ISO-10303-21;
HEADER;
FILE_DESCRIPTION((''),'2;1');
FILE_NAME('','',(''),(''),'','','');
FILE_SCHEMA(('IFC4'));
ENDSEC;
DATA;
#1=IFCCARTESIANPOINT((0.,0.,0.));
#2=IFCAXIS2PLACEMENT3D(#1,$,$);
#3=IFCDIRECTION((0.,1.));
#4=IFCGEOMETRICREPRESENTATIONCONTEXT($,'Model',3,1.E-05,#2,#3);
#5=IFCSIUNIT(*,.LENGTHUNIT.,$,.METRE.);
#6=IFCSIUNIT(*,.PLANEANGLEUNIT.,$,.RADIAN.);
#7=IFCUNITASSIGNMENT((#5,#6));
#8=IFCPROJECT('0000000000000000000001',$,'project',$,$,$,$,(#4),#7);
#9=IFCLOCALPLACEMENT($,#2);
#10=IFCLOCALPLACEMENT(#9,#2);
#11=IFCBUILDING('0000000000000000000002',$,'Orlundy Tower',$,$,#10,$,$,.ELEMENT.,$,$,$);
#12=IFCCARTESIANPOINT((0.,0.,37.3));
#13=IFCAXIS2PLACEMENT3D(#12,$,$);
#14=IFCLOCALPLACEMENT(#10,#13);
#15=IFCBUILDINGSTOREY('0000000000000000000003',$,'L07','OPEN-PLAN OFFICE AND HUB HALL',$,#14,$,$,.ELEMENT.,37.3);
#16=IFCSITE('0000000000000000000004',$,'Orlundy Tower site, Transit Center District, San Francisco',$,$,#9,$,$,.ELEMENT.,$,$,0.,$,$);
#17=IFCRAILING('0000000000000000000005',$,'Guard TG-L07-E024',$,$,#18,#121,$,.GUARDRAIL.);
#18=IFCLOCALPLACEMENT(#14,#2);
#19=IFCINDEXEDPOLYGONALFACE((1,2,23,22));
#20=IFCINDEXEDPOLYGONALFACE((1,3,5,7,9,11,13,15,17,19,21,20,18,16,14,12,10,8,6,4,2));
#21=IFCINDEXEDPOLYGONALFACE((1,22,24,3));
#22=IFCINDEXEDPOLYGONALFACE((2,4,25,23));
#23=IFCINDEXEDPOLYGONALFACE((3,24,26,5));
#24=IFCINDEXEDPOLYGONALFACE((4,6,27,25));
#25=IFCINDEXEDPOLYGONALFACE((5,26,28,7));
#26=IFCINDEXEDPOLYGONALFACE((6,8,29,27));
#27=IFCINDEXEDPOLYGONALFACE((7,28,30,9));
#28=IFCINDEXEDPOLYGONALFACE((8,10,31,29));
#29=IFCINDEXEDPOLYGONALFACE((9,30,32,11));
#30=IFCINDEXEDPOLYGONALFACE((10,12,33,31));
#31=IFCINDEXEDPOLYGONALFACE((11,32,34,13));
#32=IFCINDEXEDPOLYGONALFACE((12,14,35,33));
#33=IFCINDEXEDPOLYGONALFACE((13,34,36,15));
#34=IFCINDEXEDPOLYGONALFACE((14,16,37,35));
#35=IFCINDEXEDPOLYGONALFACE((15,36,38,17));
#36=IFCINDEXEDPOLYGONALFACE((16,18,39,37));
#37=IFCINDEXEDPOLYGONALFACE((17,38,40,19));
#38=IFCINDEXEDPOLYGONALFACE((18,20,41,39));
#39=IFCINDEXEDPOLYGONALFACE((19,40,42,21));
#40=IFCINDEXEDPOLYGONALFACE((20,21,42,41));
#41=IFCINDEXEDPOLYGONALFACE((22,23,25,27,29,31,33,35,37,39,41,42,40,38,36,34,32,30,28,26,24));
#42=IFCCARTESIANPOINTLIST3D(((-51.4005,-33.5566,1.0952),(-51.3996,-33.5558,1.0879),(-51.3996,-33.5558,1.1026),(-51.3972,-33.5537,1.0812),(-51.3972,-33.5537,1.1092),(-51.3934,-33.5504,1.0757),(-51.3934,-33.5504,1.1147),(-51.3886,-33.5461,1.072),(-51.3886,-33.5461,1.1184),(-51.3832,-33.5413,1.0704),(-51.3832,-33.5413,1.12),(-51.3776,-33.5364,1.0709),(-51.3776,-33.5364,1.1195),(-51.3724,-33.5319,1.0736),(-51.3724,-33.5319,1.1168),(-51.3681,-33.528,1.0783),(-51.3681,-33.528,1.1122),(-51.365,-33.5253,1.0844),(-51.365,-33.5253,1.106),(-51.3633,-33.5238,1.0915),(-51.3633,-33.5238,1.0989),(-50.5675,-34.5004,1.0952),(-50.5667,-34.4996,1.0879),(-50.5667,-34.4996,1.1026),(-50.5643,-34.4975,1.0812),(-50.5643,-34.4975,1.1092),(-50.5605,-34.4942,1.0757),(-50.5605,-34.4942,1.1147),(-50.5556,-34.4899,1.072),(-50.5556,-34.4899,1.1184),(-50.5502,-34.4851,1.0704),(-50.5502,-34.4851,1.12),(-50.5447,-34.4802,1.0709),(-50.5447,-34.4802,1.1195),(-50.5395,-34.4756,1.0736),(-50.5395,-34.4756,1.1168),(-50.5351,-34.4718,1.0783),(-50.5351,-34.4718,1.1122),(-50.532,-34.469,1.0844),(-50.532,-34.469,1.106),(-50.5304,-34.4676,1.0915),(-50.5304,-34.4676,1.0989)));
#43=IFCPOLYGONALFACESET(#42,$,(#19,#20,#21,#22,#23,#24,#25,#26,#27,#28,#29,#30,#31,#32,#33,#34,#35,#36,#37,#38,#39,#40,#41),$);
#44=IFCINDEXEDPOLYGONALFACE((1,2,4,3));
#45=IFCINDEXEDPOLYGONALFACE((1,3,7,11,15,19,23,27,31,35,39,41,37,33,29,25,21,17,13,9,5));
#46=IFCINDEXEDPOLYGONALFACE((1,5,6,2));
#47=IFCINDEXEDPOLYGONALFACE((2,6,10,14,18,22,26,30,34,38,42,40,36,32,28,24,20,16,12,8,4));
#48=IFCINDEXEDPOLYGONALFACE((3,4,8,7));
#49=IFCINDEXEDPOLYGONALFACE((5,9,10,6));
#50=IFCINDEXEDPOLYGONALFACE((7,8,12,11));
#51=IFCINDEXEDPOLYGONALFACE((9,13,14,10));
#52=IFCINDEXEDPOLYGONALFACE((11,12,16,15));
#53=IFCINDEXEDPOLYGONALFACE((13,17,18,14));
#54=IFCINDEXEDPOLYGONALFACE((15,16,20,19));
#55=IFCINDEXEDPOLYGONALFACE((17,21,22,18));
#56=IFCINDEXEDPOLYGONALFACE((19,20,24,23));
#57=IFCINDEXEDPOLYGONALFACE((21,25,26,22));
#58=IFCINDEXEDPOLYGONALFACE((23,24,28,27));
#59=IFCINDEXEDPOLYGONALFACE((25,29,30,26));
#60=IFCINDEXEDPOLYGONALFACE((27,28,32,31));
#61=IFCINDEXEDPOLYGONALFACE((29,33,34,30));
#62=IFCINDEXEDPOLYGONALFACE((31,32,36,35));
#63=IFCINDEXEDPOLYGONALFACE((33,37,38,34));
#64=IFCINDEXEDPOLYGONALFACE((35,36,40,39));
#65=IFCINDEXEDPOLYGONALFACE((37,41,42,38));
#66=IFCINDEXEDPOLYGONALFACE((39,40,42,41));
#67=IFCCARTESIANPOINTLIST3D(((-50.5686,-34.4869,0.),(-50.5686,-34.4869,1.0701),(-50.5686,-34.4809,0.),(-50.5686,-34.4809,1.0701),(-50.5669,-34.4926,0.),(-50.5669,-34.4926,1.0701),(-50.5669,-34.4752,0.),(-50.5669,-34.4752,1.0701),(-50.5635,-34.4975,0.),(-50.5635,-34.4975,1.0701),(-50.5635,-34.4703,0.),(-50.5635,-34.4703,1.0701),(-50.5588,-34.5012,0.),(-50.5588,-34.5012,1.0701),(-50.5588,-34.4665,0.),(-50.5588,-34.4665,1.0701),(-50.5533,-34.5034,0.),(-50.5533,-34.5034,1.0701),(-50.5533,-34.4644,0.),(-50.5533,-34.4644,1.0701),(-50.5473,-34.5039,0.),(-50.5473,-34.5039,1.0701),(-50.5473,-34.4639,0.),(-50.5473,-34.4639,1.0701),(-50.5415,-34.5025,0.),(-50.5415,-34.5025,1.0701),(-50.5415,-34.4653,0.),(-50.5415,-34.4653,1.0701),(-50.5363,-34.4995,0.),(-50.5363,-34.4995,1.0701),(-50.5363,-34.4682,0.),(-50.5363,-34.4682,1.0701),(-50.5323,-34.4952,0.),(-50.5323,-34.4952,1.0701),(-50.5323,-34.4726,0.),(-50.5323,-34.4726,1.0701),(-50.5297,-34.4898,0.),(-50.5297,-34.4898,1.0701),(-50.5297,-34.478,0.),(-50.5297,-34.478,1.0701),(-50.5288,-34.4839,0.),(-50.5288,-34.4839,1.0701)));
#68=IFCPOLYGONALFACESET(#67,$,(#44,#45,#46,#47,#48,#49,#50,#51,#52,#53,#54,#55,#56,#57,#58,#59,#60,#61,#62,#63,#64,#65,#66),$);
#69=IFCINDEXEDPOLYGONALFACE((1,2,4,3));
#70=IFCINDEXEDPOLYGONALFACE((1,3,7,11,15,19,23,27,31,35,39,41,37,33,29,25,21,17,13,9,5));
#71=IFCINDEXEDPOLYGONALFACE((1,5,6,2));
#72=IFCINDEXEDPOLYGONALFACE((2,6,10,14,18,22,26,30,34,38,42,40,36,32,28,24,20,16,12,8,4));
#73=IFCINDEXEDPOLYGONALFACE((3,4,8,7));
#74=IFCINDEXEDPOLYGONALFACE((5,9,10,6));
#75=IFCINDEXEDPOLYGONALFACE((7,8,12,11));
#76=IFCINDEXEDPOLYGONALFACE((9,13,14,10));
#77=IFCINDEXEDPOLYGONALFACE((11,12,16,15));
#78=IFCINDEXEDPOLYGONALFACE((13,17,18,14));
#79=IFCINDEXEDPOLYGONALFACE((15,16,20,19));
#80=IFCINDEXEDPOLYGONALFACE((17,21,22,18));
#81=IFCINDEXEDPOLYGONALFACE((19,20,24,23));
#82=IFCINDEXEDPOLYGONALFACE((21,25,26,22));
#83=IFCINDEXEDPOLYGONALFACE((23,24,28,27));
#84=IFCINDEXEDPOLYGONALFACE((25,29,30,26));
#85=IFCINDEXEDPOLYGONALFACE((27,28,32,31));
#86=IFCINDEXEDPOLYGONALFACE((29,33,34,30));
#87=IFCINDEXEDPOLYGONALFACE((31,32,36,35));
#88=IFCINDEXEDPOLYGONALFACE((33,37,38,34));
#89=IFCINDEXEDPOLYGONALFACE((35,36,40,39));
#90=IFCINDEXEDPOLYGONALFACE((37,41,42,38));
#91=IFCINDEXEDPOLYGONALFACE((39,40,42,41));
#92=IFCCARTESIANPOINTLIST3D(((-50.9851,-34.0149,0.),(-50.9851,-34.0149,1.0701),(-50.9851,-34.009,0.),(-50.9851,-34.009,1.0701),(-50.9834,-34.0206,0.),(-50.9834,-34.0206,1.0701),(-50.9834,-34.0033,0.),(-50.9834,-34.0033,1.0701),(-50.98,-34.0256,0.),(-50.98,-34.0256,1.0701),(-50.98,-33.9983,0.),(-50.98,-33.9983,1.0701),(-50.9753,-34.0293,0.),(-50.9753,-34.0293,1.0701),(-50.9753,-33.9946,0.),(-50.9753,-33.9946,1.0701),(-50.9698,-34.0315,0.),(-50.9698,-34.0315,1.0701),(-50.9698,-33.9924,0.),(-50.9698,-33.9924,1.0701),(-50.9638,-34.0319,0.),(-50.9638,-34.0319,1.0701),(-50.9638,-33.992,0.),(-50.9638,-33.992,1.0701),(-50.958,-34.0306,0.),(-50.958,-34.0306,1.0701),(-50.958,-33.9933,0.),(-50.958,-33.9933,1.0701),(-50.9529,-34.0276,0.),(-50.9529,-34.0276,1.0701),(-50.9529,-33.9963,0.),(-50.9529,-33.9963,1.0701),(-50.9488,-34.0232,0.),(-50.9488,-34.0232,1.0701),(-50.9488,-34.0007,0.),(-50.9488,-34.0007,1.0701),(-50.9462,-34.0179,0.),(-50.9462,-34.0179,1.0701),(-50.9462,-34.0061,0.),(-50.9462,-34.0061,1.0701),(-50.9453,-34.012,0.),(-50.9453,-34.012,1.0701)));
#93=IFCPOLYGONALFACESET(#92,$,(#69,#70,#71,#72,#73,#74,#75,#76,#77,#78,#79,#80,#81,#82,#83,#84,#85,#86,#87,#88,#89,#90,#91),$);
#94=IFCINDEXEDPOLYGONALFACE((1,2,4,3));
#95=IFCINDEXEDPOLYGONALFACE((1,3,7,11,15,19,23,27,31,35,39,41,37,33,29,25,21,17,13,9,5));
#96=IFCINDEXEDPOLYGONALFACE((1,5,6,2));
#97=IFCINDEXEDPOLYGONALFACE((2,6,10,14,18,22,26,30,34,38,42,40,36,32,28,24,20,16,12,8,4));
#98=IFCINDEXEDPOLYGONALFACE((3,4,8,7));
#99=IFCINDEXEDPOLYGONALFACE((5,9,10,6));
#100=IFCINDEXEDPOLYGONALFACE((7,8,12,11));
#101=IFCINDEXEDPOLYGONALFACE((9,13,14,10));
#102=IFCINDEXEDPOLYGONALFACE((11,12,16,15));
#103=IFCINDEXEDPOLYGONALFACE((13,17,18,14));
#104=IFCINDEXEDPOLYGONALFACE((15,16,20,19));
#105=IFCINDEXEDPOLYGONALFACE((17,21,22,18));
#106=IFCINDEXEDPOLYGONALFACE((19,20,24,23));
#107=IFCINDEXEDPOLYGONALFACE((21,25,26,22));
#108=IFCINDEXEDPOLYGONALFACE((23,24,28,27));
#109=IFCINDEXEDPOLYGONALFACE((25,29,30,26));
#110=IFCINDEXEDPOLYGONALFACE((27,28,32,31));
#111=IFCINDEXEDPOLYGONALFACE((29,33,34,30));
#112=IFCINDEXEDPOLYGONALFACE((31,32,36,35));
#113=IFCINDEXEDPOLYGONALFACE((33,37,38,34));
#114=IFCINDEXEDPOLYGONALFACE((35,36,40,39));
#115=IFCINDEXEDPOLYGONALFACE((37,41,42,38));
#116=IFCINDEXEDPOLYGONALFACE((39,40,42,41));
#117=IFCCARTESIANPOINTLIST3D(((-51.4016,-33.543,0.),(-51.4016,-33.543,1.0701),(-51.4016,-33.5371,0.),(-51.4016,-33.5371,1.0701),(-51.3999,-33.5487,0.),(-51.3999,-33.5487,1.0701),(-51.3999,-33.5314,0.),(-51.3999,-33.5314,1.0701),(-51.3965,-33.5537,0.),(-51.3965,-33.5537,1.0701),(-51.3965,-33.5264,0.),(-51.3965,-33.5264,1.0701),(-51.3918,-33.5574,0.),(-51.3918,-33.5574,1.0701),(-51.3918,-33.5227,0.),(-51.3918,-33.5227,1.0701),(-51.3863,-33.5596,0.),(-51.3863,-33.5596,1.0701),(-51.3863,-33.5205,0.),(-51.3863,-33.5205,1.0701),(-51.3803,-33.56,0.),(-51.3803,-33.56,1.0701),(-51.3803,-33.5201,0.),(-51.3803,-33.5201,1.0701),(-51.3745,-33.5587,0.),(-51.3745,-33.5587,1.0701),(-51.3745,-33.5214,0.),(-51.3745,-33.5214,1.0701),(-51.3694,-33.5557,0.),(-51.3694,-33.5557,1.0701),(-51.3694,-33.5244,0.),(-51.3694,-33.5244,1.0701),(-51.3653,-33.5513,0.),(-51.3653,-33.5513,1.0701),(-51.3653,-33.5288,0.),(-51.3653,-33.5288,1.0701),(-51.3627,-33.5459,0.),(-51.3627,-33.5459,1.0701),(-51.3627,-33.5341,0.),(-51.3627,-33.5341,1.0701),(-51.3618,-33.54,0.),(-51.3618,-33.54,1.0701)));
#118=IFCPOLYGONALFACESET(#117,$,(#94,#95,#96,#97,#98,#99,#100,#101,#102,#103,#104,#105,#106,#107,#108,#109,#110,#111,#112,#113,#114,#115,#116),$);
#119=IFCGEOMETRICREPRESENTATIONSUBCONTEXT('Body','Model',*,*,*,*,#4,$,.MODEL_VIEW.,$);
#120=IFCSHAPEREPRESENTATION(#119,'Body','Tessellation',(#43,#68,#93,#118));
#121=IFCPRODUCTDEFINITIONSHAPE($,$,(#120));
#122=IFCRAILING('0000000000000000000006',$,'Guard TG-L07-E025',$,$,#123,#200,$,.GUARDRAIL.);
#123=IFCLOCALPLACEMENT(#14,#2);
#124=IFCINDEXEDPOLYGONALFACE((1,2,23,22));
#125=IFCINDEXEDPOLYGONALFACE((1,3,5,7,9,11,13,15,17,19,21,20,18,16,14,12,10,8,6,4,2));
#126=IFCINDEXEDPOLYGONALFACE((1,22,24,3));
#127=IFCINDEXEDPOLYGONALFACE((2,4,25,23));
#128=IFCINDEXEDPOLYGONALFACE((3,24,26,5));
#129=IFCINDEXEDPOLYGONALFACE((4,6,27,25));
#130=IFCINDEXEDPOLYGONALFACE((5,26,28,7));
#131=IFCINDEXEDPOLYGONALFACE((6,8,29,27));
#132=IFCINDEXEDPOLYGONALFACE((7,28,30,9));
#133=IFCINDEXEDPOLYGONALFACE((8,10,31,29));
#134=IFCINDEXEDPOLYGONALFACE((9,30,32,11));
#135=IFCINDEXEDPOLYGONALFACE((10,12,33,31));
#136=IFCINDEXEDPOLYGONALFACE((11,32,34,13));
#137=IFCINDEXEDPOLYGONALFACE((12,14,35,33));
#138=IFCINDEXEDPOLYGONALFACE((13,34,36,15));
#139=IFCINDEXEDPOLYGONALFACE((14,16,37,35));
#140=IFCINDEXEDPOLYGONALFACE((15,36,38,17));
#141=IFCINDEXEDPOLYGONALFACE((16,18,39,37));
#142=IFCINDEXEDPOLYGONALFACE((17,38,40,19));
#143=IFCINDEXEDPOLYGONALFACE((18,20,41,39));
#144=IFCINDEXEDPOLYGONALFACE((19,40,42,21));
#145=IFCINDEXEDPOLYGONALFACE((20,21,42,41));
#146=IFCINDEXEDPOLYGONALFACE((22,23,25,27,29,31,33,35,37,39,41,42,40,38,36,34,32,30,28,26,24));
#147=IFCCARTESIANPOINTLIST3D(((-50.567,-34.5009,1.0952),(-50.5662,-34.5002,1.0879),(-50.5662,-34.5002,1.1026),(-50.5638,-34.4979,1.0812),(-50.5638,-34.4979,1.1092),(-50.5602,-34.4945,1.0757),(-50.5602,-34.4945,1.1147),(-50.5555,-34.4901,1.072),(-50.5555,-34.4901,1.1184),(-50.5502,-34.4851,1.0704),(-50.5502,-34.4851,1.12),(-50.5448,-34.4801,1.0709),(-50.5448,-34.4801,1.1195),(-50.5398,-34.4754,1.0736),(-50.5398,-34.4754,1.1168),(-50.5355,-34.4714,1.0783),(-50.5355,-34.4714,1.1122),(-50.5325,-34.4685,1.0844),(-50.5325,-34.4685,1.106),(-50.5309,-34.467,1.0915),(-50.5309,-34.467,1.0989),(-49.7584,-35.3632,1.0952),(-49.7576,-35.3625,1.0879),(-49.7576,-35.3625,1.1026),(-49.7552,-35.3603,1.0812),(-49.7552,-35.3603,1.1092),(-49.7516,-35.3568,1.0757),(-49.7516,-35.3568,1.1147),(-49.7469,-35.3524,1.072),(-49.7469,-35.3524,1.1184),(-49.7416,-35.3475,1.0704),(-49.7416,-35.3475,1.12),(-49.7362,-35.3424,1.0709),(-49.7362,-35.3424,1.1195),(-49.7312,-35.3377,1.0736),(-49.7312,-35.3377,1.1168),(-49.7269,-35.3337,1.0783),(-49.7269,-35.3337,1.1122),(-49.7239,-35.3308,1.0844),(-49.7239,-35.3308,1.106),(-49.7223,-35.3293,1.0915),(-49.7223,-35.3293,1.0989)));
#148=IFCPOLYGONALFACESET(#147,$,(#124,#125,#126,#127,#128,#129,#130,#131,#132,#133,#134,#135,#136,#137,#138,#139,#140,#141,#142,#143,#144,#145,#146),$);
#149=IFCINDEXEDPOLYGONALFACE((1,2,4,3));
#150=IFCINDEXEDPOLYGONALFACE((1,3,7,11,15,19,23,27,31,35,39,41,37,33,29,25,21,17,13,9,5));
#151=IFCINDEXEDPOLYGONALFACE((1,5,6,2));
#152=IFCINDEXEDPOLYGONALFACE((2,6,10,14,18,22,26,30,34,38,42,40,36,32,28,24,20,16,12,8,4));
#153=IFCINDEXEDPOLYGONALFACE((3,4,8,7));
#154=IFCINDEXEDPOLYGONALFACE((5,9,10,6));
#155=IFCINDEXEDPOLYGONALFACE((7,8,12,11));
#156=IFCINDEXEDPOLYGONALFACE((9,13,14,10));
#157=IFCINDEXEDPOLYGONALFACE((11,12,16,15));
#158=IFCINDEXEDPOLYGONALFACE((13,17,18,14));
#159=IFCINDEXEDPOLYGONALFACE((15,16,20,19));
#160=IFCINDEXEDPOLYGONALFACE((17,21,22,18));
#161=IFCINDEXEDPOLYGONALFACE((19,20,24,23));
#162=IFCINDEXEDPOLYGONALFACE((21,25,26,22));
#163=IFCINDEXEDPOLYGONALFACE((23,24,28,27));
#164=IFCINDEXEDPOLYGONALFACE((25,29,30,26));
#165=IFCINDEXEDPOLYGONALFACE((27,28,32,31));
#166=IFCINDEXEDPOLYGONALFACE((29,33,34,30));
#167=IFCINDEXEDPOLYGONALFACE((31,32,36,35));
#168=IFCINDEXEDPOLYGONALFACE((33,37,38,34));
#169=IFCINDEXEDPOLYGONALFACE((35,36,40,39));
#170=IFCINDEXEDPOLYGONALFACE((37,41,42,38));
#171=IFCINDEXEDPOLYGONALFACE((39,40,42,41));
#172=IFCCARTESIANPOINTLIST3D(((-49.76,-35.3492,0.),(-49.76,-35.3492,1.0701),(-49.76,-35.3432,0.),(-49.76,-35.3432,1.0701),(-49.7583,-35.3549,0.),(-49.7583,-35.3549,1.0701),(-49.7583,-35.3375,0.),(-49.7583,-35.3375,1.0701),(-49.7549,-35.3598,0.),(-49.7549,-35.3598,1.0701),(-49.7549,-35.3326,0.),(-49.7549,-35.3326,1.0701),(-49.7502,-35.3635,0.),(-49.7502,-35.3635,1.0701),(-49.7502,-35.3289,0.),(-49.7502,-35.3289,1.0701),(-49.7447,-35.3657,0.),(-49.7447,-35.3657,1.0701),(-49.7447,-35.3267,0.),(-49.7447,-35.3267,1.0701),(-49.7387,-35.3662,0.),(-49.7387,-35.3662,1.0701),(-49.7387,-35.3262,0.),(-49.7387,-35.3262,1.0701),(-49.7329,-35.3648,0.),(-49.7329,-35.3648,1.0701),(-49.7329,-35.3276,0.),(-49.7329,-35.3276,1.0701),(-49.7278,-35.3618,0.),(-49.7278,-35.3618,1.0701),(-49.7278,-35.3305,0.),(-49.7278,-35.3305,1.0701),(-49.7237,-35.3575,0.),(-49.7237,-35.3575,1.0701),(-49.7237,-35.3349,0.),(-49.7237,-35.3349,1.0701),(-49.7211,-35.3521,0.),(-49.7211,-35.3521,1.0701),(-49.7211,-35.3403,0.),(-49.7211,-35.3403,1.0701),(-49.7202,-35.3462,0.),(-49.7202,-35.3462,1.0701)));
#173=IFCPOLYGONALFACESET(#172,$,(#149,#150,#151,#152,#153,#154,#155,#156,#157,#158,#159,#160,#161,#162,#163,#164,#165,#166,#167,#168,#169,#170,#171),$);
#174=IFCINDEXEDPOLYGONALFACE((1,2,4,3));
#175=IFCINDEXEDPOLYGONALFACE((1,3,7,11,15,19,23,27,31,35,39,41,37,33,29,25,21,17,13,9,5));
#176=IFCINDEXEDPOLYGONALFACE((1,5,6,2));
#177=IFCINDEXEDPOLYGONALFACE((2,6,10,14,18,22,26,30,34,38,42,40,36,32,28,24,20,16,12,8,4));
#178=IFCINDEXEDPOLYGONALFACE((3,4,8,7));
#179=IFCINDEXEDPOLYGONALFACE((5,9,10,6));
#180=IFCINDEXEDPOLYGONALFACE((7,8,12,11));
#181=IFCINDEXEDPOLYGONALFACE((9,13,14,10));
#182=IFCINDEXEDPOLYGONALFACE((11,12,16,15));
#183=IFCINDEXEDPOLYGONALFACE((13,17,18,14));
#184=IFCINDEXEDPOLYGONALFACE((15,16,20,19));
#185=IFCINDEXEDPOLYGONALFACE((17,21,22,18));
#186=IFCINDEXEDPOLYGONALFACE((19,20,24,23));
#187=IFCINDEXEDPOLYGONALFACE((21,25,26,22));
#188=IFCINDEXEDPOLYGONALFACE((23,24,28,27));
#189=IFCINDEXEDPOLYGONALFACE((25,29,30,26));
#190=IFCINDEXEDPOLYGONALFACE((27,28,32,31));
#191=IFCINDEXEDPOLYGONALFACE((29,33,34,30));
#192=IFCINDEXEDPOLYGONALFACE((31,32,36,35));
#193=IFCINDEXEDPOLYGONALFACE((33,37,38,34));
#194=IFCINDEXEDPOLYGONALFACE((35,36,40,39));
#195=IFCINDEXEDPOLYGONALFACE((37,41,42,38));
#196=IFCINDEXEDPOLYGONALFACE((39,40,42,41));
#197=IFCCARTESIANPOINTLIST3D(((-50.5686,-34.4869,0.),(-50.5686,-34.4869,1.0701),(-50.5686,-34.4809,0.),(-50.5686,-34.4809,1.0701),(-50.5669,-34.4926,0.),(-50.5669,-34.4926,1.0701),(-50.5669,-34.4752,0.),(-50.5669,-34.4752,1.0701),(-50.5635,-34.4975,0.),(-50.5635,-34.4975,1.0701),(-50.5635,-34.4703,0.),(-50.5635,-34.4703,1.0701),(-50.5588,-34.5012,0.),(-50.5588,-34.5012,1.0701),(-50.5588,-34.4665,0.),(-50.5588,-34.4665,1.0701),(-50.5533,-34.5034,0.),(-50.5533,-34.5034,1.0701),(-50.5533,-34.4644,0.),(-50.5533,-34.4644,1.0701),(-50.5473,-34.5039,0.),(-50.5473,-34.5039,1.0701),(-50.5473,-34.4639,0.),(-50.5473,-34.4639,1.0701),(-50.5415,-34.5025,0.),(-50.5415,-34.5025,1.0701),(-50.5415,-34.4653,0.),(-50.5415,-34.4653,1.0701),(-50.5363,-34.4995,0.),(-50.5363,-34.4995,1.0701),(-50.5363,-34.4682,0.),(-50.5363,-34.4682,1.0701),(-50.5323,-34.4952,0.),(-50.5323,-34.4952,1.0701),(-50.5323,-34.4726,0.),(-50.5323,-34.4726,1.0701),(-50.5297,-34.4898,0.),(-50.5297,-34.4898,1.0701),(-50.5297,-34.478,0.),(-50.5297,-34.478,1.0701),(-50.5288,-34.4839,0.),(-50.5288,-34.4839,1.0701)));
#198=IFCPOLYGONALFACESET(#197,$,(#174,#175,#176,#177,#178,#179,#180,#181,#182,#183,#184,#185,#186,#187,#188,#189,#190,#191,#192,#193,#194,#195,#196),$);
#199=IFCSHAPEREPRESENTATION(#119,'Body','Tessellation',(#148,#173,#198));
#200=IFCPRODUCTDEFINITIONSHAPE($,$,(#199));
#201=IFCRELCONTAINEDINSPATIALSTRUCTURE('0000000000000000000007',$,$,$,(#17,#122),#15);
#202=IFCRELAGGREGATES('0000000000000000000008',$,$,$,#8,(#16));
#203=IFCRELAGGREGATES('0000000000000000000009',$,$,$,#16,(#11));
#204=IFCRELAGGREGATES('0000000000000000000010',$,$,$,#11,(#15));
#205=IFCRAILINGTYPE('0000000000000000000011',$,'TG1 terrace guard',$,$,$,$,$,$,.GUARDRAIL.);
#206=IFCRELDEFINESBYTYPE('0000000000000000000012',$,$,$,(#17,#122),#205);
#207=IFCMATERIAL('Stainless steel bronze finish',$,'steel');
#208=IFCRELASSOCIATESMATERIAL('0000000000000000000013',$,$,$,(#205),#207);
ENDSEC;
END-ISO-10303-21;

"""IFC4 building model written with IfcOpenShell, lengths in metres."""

from ifc_helpers import new_model, si_unit, direction, frame, origin, origin_2d, place, context, subcontext, project, spatial, circle, extrude, material, type_object, element, save


model = new_model("IFC4")

# Units and contexts
model_context = context("Model", 3, precision=1e-05, world=origin(), true_north=direction((0.0, 1.0)))
body_context = subcontext(model_context, "Body", "Model", "MODEL_VIEW")
ifc_project = project(units=[si_unit("LENGTHUNIT", "METRE"), si_unit("PLANEANGLEUNIT", "RADIAN")], contexts=[model_context])

# Site, building, storey
site_placement = place(None, origin())
site = spatial("IfcSite", under=ifc_project, at=site_placement, Name="Orlundy Tower site, Transit Center District, San Francisco", CompositionType="ELEMENT", RefElevation=0.0)
building_placement = place(site_placement, origin())
building = spatial("IfcBuilding", under=site, at=building_placement, Name="Orlundy Tower", CompositionType="ELEMENT")
storey_placement = place(building_placement, frame((0.0, 0.0, 37.3)))
storey = spatial("IfcBuildingStorey", under=building, at=storey_placement, Name="L07", Description="OPEN-PLAN OFFICE AND HUB HALL", CompositionType="ELEMENT", Elevation=37.3)

# Railings
ifc_material_1 = material(Name="Stainless steel bronze finish", Category="steel")
railing_type = type_object("IfcRailingType", Name="TG1 terrace guard", PredefinedType="GUARDRAIL", material=ifc_material_1)
railing_1_placement = place(storey_placement, frame((-50.5488, -34.4839, 0.0)))
element("IfcRailing", 1, at=railing_1_placement, inside=storey, type_object=railing_type, Name="Guard TG-L07-E024", PredefinedType="GUARDRAIL", context=body_context, shape_type="SweptSolid", body=[
    extrude(circle(Radius=0.0249, at=origin_2d()), frame((0.0, 0.0, 1.0952), z_axis=(-0.661711, 0.749759, 0.0), x_axis=(-0.749759, -0.661711, 0.0)), (0.0, 0.0, 1.0), 1.2588),
    extrude(circle(Radius=0.02, at=origin_2d()), origin(), (0.0, 0.0, 1.0), 1.0701),
    extrude(circle(Radius=0.02, at=origin_2d()), frame((-0.4165, 0.4719, 0.0)), (0.0, 0.0, 1.0), 1.0701),
    extrude(circle(Radius=0.02, at=origin_2d()), frame((-0.833, 0.9438, 0.0)), (0.0, 0.0, 1.0), 1.0701),
])
railing_2_placement = place(storey_placement, frame((-49.7402, -35.3462, 0.0)))
element("IfcRailing", 2, at=railing_2_placement, inside=storey, type_object=railing_type, Name="Guard TG-L07-E025", PredefinedType="GUARDRAIL", context=body_context, shape_type="SweptSolid", body=[
    extrude(circle(Radius=0.0249, at=origin_2d()), frame((0.0, 0.0, 1.0952), z_axis=(-0.684024, 0.72946, 0.0), x_axis=(-0.72946, -0.684024, 0.0)), (0.0, 0.0, 1.0), 1.1821),
    extrude(circle(Radius=0.02, at=origin_2d()), origin(), (0.0, 0.0, 1.0), 1.0701),
    extrude(circle(Radius=0.02, at=origin_2d()), frame((-0.8086, 0.8623, 0.0)), (0.0, 0.0, 1.0), 1.0701),
])

save(model, "model.ifc")
